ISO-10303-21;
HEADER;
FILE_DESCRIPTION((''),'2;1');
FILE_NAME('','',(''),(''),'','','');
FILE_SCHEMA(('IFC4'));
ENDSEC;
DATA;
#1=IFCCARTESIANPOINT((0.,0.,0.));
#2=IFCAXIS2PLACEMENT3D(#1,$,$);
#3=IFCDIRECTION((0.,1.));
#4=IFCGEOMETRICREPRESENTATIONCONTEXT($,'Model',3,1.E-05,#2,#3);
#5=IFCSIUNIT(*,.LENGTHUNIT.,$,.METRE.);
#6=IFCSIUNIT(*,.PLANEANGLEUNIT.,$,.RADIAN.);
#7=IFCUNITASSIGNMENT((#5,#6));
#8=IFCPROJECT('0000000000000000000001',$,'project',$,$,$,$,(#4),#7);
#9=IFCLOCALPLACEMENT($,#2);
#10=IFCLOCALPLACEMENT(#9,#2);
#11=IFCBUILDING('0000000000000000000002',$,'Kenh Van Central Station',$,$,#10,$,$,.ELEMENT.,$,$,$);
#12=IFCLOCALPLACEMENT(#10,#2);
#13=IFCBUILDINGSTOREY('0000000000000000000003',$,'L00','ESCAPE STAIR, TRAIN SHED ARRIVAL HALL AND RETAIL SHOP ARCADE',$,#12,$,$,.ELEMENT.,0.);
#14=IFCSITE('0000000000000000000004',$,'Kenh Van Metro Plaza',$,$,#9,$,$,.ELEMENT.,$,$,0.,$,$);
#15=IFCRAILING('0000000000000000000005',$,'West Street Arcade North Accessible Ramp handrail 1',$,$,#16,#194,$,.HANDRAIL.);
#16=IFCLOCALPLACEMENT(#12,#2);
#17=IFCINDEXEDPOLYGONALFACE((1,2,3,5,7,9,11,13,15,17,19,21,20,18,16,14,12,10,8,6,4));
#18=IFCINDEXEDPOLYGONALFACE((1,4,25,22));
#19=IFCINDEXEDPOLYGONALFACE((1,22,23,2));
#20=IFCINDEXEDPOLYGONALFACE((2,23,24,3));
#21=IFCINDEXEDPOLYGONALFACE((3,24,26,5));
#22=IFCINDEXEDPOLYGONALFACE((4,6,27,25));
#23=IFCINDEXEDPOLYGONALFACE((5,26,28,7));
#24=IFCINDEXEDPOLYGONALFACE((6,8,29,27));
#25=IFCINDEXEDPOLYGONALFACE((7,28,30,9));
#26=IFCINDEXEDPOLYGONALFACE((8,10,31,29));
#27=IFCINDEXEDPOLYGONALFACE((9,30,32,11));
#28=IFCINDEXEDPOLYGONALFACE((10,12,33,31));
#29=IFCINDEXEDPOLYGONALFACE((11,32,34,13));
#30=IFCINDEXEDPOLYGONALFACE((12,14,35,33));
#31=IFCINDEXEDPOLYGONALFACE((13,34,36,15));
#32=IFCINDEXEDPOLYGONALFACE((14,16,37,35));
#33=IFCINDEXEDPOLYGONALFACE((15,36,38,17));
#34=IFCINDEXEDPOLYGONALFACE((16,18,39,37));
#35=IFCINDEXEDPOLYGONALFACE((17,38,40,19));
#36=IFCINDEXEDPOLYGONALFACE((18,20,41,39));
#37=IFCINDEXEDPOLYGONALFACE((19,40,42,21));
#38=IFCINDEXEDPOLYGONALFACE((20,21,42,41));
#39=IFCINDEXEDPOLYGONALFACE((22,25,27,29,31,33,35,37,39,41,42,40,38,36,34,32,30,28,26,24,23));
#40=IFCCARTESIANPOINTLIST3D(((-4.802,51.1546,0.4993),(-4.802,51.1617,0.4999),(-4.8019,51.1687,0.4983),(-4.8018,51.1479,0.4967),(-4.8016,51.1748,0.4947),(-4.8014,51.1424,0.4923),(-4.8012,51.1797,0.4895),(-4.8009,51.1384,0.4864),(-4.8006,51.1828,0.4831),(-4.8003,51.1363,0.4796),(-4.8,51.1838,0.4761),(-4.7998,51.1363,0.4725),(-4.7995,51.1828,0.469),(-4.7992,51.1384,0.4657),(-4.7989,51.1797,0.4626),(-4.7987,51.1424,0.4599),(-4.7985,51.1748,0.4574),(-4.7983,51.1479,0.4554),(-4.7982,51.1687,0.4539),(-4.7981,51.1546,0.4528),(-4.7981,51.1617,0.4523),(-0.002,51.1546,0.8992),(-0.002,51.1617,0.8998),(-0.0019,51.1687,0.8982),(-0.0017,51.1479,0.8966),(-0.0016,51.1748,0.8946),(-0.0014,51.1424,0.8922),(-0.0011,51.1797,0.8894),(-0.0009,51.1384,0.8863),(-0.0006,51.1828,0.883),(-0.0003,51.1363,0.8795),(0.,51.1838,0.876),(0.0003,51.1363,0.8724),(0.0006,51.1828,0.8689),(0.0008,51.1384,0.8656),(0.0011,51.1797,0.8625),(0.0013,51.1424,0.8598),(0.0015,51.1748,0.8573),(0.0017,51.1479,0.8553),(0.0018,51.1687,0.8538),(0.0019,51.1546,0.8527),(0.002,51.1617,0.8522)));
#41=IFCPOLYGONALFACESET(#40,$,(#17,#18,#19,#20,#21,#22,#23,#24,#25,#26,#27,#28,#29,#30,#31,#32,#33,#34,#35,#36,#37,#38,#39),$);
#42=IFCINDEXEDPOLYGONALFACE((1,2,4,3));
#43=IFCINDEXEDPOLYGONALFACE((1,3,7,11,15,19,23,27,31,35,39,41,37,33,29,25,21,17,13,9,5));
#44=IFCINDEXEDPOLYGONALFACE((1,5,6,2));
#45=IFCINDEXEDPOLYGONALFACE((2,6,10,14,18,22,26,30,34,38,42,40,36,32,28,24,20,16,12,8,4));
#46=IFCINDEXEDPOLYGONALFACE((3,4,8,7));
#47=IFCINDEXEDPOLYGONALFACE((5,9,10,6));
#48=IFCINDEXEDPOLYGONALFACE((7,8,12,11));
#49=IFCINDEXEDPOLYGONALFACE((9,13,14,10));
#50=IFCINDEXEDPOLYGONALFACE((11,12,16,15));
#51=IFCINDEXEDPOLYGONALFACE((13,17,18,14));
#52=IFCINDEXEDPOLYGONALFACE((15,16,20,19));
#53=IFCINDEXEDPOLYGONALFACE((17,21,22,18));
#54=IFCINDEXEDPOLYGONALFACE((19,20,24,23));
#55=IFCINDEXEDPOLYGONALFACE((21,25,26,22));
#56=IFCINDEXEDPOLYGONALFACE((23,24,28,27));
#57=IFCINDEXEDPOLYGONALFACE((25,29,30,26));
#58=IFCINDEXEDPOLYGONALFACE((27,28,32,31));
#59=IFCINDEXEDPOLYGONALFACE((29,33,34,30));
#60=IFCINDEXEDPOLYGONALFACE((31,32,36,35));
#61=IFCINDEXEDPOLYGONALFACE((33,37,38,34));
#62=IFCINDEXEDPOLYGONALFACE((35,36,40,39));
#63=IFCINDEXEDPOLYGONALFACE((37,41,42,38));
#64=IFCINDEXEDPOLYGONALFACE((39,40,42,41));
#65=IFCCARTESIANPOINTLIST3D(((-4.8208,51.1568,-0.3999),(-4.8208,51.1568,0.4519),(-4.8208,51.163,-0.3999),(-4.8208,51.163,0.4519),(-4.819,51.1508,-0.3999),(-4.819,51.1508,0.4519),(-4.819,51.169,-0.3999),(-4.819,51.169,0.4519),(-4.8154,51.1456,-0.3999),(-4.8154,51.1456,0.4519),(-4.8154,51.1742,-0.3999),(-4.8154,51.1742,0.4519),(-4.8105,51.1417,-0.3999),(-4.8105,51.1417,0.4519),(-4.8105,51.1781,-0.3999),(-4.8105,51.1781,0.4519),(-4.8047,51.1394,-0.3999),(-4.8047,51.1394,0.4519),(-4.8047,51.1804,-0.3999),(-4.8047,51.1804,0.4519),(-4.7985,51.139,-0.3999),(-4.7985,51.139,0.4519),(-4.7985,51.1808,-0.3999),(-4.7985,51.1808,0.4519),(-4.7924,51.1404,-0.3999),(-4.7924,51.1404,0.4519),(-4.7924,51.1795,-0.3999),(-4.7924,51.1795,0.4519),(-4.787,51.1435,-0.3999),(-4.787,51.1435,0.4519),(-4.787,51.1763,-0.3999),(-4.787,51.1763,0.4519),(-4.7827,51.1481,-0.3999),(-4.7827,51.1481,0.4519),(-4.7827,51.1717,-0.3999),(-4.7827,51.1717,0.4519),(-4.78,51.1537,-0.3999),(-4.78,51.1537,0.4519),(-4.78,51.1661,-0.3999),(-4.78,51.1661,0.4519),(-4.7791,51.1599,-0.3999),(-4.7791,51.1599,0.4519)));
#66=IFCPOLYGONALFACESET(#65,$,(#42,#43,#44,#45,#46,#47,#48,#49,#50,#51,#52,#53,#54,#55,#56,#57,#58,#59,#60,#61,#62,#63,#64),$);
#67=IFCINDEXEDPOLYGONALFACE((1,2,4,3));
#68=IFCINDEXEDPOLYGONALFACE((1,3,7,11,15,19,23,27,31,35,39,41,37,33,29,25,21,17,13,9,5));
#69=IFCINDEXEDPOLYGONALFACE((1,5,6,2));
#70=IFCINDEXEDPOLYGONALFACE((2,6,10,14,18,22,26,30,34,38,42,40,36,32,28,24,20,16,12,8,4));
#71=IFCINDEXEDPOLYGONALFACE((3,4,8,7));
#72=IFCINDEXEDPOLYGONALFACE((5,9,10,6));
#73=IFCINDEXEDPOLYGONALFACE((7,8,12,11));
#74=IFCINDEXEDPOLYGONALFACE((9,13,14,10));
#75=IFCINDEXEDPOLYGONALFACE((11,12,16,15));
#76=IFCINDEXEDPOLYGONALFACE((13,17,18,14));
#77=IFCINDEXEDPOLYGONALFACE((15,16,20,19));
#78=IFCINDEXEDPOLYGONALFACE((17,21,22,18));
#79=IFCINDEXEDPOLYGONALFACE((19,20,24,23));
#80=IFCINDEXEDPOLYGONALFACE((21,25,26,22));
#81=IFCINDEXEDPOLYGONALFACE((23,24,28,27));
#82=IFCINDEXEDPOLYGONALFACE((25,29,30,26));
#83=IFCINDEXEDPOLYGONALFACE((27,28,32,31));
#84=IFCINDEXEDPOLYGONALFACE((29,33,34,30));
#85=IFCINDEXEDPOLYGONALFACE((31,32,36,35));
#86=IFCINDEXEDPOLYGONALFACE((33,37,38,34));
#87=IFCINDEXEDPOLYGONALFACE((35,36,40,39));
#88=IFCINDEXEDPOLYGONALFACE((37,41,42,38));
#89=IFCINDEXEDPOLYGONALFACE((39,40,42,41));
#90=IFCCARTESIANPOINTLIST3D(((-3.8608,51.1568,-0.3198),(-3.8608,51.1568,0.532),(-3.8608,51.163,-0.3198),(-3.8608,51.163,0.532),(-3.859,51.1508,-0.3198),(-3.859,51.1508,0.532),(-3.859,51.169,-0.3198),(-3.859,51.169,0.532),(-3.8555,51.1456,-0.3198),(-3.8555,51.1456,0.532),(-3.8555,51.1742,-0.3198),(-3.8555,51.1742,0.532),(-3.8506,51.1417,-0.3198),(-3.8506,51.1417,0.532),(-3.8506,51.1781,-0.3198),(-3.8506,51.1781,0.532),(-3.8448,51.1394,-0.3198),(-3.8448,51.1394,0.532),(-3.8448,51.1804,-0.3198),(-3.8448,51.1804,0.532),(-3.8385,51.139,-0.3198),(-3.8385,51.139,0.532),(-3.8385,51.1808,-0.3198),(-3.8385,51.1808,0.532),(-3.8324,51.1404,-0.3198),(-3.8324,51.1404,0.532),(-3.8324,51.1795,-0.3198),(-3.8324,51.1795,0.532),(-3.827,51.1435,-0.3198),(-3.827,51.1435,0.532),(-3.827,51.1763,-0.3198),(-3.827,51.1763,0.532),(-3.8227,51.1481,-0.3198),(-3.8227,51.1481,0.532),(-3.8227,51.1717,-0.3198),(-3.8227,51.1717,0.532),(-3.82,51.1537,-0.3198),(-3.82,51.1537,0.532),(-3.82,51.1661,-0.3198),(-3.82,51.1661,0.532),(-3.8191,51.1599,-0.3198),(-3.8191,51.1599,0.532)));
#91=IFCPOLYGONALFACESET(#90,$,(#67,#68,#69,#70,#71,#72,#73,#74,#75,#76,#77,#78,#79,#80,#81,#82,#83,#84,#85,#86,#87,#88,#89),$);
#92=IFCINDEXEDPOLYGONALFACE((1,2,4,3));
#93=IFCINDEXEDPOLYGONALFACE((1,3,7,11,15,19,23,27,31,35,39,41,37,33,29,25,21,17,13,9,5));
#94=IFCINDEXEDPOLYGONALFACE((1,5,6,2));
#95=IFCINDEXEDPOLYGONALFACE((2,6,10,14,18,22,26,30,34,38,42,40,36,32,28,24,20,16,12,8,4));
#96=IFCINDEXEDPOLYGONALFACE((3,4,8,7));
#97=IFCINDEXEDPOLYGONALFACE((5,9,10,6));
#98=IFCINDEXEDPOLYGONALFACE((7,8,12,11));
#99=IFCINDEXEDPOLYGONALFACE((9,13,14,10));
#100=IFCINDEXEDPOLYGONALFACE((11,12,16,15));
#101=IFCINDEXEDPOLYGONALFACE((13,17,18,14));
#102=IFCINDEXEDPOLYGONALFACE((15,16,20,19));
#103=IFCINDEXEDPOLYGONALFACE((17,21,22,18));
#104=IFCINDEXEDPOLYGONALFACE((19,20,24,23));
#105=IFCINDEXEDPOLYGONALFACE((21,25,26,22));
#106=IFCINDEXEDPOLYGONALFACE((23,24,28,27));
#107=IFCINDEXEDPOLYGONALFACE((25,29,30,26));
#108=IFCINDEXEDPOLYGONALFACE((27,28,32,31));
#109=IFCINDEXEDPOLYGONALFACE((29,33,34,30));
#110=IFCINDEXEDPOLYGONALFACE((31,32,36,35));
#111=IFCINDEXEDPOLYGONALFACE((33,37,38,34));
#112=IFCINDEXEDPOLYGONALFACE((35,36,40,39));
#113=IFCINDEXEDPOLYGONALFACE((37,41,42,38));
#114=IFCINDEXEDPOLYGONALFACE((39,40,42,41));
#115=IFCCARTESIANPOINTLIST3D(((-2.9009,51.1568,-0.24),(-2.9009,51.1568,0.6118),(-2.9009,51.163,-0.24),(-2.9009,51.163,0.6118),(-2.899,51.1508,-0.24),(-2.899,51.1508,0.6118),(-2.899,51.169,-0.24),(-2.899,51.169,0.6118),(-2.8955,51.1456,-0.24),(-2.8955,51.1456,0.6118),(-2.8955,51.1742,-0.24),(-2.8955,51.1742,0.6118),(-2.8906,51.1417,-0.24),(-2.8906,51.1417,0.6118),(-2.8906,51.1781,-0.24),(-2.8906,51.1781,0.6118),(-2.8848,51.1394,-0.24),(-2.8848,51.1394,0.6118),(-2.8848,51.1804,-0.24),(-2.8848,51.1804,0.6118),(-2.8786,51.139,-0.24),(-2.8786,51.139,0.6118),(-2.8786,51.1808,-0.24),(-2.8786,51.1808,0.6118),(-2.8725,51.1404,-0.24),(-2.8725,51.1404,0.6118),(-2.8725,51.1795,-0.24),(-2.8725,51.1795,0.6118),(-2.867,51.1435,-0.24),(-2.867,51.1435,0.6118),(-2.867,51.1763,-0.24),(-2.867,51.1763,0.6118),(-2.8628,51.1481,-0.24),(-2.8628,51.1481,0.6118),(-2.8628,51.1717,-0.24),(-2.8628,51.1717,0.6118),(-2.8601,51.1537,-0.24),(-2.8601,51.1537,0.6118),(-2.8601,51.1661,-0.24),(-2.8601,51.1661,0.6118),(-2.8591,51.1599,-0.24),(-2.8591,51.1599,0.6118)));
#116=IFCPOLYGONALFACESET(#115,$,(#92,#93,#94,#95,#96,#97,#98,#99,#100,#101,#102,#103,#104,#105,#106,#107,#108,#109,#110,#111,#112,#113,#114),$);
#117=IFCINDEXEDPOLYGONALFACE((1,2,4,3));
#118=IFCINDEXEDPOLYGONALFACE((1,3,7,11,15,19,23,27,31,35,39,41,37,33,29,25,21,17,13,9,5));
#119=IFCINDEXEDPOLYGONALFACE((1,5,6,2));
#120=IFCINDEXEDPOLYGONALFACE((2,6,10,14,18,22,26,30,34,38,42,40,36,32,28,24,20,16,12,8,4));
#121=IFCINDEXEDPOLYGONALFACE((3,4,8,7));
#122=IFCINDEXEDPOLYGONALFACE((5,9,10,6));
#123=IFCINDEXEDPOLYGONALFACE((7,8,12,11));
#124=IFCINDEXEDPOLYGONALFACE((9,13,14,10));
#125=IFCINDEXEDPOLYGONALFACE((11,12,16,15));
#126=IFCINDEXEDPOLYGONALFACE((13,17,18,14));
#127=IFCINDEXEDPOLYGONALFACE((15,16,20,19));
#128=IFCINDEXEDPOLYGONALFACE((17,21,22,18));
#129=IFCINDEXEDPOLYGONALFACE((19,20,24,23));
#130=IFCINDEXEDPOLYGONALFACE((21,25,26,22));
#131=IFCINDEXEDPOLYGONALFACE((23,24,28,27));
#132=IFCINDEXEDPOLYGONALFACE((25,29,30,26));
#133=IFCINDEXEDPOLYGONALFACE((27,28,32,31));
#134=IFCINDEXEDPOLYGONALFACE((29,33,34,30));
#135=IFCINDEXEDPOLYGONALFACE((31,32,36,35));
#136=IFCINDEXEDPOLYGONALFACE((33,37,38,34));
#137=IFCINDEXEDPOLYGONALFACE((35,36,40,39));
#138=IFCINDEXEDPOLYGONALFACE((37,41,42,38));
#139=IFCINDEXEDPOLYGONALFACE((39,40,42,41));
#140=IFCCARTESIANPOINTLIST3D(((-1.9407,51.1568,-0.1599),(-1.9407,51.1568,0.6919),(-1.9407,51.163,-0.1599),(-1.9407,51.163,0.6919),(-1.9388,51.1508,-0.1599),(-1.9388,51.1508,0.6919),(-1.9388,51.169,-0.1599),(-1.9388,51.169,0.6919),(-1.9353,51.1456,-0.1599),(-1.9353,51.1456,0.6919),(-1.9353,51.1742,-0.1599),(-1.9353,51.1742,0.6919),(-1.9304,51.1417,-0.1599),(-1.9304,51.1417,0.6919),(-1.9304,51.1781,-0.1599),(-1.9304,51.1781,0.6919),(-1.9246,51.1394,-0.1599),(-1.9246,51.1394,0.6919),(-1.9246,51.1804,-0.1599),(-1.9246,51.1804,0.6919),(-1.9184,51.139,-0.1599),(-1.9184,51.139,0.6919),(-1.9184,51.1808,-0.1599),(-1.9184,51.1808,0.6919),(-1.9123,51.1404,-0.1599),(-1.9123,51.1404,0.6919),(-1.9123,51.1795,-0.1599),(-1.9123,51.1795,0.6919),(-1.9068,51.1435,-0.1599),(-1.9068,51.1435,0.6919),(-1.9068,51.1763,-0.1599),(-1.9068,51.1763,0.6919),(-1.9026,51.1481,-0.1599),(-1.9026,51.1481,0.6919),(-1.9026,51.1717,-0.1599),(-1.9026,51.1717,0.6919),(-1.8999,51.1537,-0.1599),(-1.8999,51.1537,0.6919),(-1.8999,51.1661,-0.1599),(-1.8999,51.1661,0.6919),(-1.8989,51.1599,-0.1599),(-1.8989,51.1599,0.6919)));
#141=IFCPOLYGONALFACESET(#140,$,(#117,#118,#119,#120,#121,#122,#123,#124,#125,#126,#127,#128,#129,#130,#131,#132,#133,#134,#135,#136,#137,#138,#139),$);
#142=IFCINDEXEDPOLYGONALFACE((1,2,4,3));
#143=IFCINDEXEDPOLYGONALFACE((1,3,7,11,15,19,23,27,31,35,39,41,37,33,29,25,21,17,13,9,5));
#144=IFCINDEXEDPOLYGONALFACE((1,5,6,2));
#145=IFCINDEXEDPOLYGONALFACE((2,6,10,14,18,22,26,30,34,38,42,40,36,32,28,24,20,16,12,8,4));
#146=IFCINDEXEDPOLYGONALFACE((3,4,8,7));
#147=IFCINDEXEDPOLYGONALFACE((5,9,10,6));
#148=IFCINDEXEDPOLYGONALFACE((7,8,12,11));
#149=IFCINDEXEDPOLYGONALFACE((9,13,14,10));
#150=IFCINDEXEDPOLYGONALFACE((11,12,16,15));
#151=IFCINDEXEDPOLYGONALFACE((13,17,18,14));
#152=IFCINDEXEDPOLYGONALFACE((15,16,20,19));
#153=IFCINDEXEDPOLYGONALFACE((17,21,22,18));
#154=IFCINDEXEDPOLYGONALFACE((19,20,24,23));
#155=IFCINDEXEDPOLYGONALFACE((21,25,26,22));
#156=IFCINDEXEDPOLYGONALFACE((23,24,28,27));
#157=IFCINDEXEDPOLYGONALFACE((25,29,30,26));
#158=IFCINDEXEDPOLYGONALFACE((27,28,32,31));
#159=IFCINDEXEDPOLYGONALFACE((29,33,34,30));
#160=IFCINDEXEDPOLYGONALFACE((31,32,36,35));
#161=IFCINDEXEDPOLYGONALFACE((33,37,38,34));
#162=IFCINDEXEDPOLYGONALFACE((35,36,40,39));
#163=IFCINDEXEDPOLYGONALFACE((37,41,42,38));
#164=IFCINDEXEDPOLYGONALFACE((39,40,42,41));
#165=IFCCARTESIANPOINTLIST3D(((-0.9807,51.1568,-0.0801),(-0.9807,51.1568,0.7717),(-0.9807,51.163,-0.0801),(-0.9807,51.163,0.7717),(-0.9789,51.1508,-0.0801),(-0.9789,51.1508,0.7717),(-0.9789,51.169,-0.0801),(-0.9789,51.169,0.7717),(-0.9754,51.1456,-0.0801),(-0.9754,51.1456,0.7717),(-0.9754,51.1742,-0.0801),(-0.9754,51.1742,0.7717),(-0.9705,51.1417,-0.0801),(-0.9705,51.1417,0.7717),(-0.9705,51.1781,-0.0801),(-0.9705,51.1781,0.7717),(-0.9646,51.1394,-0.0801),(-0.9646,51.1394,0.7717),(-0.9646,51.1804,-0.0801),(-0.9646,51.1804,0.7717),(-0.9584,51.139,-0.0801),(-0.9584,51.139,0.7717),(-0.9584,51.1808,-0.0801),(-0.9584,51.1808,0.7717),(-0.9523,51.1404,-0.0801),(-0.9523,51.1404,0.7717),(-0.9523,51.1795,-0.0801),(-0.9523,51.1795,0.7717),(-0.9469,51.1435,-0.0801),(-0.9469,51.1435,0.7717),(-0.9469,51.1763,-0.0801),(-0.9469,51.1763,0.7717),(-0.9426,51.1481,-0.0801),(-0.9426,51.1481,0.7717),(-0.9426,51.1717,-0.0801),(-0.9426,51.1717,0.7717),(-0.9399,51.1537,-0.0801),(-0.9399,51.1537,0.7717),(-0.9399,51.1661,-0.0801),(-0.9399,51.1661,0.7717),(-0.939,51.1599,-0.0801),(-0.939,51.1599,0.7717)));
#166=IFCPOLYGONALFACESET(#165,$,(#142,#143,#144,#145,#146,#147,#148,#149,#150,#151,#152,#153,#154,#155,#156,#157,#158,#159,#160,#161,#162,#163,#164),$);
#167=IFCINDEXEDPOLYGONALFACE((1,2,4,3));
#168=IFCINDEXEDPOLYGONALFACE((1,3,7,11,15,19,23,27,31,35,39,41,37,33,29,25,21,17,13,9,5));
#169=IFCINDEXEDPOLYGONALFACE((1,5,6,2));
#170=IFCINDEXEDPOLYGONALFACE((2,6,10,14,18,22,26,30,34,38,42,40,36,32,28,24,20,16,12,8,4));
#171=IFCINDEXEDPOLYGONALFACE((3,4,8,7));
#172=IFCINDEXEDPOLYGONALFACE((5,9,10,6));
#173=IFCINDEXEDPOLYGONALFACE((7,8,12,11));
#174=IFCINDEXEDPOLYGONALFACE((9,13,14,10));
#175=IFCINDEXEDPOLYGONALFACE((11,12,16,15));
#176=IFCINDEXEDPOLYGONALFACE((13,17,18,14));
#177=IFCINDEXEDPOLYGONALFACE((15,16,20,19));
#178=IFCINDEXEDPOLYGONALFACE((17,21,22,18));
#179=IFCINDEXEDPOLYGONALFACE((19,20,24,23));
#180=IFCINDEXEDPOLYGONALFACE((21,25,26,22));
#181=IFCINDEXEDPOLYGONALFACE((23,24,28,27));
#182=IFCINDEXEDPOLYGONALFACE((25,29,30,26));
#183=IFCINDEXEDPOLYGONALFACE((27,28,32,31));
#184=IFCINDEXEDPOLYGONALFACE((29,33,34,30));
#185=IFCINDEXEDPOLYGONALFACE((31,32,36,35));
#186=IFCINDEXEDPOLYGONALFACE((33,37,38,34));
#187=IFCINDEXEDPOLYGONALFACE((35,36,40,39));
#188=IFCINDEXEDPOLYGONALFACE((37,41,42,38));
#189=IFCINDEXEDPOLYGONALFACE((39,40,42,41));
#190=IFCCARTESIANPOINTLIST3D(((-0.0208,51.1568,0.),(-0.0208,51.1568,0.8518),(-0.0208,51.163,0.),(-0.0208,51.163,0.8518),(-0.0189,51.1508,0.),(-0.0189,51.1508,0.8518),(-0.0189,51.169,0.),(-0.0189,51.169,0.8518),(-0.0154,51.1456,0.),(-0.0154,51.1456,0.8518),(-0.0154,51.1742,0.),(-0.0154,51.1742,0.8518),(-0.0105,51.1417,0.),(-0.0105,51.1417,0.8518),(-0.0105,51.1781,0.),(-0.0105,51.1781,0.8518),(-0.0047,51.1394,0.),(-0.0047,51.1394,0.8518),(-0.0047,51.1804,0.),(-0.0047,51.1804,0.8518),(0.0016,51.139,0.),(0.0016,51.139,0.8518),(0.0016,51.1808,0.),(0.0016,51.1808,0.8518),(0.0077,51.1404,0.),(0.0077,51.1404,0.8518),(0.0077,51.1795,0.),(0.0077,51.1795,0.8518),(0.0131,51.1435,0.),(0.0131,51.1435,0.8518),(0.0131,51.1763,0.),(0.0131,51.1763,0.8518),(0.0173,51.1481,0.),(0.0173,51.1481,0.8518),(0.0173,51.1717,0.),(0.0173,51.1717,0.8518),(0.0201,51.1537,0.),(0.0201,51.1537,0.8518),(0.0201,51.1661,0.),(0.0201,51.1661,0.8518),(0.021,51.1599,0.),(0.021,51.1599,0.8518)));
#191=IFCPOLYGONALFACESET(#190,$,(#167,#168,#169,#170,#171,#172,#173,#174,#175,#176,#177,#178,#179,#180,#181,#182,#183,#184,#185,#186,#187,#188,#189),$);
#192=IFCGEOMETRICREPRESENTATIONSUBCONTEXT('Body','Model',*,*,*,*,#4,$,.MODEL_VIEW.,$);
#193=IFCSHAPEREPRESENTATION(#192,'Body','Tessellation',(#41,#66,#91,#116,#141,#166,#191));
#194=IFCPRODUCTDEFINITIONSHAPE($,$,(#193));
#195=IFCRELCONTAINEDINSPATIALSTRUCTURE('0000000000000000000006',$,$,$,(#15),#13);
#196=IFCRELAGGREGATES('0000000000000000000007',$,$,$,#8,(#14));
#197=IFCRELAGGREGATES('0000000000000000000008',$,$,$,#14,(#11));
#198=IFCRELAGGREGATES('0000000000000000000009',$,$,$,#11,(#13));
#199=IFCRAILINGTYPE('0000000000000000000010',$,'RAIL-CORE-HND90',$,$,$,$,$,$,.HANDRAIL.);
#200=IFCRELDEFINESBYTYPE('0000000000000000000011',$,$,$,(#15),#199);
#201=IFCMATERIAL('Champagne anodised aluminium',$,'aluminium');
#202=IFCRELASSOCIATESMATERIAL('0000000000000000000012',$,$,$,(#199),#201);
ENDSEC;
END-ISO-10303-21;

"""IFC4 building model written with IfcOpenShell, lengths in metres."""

from ifc_helpers import new_model, si_unit, direction, frame, origin, origin_2d, place, context, subcontext, project, spatial, circle, extrude, material, type_object, element, save


model = new_model("IFC4")

# Units and contexts
model_context = context("Model", 3, precision=1e-05, world=origin(), true_north=direction((0.0, 1.0)))
body_context = subcontext(model_context, "Body", "Model", "MODEL_VIEW")
ifc_project = project(units=[si_unit("LENGTHUNIT", "METRE"), si_unit("PLANEANGLEUNIT", "RADIAN")], contexts=[model_context])

# Site, building, storey
site_placement = place(None, origin())
site = spatial("IfcSite", under=ifc_project, at=site_placement, Name="Kenh Van Metro Plaza", CompositionType="ELEMENT", RefElevation=0.0)
building_placement = place(site_placement, origin())
building = spatial("IfcBuilding", under=site, at=building_placement, Name="Kenh Van Central Station", CompositionType="ELEMENT")
storey_placement = place(building_placement, origin())
storey = spatial("IfcBuildingStorey", under=building, at=storey_placement, Name="L00", Description="ESCAPE STAIR, TRAIN SHED ARRIVAL HALL AND RETAIL SHOP ARCADE", CompositionType="ELEMENT", Elevation=0.0)

# Shared definitions
ifc_material_1 = material(Name="Champagne anodised aluminium", Category="aluminium")

# Railing
railing_type = type_object("IfcRailingType", Name="RAIL-CORE-HND90", PredefinedType="HANDRAIL", material=ifc_material_1)
for number, where, name in (
    (1, (-4.8, 51.1599, -0.3999), "West Street Arcade North Accessible Ramp handrail 1"),
):
    element("IfcRailing", number, at=place(storey_placement, frame(where)), inside=storey, type_object=railing_type, Name=name, PredefinedType="HANDRAIL", context=body_context, shape_type="SweptSolid", body=[
        extrude(circle(Radius=0.0239, at=origin_2d()), frame((0.0, 0.0, 0.876), z_axis=(0.996548, 0.0, 0.083025), x_axis=(0.0, 1.0, 0.0)), (0.0, 0.0, 1.0), 4.8167),
        extrude(circle(Radius=0.021, at=origin_2d()), origin(), (0.0, 0.0, 1.0), 0.8518),
        extrude(circle(Radius=0.021, at=origin_2d()), frame((0.96, 0.0, 0.0801)), (0.0, 0.0, 1.0), 0.8518),
        extrude(circle(Radius=0.021, at=origin_2d()), frame((1.9199, 0.0, 0.1599)), (0.0, 0.0, 1.0), 0.8518),
        extrude(circle(Radius=0.021, at=origin_2d()), frame((2.8801, 0.0, 0.24)), (0.0, 0.0, 1.0), 0.8518),
        extrude(circle(Radius=0.021, at=origin_2d()), frame((3.8401, 0.0, 0.3198)), (0.0, 0.0, 1.0), 0.8518),
        extrude(circle(Radius=0.021, at=origin_2d()), frame((4.8, 0.0, 0.3999)), (0.0, 0.0, 1.0), 0.8518),
    ])

save(model, "model.ifc")
